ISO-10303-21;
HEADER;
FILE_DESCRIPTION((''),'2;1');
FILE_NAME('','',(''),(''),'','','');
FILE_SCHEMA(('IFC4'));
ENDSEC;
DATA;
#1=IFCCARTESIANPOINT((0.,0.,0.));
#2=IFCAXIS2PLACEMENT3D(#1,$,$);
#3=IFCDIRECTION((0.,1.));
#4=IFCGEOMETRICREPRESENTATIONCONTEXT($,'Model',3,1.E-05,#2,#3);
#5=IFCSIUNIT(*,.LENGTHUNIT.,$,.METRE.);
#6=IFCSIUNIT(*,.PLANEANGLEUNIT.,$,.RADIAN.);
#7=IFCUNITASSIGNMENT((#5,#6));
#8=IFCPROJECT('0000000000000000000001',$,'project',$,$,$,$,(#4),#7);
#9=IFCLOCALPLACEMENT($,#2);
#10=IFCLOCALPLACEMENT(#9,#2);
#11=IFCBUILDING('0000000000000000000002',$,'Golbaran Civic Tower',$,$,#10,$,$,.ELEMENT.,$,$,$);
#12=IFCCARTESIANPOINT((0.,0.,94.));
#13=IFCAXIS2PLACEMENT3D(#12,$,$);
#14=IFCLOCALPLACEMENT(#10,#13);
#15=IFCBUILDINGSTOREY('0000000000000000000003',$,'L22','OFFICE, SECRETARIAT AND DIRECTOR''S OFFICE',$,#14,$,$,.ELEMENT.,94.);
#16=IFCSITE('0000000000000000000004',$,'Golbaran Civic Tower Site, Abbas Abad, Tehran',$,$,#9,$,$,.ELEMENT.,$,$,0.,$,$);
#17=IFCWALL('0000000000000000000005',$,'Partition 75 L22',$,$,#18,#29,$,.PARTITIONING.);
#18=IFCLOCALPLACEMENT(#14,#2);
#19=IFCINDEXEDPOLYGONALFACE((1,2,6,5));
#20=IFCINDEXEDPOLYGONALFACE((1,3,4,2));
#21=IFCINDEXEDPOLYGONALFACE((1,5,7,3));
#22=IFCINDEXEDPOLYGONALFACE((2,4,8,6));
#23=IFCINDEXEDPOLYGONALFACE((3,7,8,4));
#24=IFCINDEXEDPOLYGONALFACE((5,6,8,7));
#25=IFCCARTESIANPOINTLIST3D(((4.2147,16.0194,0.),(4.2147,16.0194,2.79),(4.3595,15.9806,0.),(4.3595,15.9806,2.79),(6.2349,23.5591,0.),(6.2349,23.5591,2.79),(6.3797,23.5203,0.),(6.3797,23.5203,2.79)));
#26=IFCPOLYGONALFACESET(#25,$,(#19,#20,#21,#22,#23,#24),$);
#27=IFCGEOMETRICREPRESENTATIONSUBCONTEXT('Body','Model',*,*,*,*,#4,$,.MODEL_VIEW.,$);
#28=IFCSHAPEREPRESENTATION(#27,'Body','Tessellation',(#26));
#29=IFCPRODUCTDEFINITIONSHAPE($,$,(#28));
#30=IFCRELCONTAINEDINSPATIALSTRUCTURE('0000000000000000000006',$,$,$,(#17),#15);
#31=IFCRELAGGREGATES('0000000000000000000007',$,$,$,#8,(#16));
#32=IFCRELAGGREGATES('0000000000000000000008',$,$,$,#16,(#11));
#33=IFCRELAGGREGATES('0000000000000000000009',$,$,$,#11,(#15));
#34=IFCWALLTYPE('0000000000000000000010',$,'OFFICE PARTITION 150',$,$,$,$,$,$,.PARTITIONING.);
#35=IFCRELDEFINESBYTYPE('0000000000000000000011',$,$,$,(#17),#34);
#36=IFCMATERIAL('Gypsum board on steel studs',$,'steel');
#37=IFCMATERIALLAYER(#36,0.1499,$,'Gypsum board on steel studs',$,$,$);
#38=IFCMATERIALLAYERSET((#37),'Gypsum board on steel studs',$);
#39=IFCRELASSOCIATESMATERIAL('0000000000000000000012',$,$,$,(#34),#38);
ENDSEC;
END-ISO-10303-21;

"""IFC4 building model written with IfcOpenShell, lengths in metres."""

from ifc_helpers import new_model, si_unit, direction, frame, frame_2d, origin, place, context, subcontext, project, spatial, rectangle, extrude, material, layer, layer_set, type_object, element, save


model = new_model("IFC4")

# Units and contexts
model_context = context("Model", 3, precision=1e-05, world=origin(), true_north=direction((0.0, 1.0)))
body_context = subcontext(model_context, "Body", "Model", "MODEL_VIEW")
ifc_project = project(units=[si_unit("LENGTHUNIT", "METRE"), si_unit("PLANEANGLEUNIT", "RADIAN")], contexts=[model_context])

# Site, building, storey
site_placement = place(None, origin())
site = spatial("IfcSite", under=ifc_project, at=site_placement, Name="Golbaran Civic Tower Site, Abbas Abad, Tehran", CompositionType="ELEMENT", RefElevation=0.0)
building_placement = place(site_placement, origin())
building = spatial("IfcBuilding", under=site, at=building_placement, Name="Golbaran Civic Tower", CompositionType="ELEMENT")
storey_placement = place(building_placement, frame((0.0, 0.0, 94.0)))
storey = spatial("IfcBuildingStorey", under=building, at=storey_placement, Name="L22", Description="OFFICE, SECRETARIAT AND DIRECTOR'S OFFICE", CompositionType="ELEMENT", Elevation=94.0)

# Shared definitions
ifc_material_1 = material(Name="Gypsum board on steel studs", Category="steel")
ifc_layer_1 = layer(ifc_material_1, 0.1499, Name="Gypsum board on steel studs")
ifc_layer_set_1 = layer_set([ifc_layer_1], Name="Gypsum board on steel studs")
wall_type_1 = type_object("IfcWallType", Name="OFFICE PARTITION 150", PredefinedType="PARTITIONING", material=ifc_layer_set_1)

# Wall
wall_1_placement = place(storey_placement, frame((4.2871, 16.0, 0.0), z_axis=(0.0, 0.0, 1.0), x_axis=(0.258817, 0.965926, 0.0)))
element("IfcWall", 1, at=wall_1_placement, inside=storey, type_object=wall_type_1, Name="Partition 75 L22", PredefinedType="PARTITIONING", context=body_context, shape_type="SweptSolid", body=[
    extrude(rectangle(XDim=7.8057, YDim=0.1499, at=frame_2d((3.9028, 0.0))), origin(), (0.0, 0.0, 1.0), 2.79),
])

save(model, "model.ifc")
